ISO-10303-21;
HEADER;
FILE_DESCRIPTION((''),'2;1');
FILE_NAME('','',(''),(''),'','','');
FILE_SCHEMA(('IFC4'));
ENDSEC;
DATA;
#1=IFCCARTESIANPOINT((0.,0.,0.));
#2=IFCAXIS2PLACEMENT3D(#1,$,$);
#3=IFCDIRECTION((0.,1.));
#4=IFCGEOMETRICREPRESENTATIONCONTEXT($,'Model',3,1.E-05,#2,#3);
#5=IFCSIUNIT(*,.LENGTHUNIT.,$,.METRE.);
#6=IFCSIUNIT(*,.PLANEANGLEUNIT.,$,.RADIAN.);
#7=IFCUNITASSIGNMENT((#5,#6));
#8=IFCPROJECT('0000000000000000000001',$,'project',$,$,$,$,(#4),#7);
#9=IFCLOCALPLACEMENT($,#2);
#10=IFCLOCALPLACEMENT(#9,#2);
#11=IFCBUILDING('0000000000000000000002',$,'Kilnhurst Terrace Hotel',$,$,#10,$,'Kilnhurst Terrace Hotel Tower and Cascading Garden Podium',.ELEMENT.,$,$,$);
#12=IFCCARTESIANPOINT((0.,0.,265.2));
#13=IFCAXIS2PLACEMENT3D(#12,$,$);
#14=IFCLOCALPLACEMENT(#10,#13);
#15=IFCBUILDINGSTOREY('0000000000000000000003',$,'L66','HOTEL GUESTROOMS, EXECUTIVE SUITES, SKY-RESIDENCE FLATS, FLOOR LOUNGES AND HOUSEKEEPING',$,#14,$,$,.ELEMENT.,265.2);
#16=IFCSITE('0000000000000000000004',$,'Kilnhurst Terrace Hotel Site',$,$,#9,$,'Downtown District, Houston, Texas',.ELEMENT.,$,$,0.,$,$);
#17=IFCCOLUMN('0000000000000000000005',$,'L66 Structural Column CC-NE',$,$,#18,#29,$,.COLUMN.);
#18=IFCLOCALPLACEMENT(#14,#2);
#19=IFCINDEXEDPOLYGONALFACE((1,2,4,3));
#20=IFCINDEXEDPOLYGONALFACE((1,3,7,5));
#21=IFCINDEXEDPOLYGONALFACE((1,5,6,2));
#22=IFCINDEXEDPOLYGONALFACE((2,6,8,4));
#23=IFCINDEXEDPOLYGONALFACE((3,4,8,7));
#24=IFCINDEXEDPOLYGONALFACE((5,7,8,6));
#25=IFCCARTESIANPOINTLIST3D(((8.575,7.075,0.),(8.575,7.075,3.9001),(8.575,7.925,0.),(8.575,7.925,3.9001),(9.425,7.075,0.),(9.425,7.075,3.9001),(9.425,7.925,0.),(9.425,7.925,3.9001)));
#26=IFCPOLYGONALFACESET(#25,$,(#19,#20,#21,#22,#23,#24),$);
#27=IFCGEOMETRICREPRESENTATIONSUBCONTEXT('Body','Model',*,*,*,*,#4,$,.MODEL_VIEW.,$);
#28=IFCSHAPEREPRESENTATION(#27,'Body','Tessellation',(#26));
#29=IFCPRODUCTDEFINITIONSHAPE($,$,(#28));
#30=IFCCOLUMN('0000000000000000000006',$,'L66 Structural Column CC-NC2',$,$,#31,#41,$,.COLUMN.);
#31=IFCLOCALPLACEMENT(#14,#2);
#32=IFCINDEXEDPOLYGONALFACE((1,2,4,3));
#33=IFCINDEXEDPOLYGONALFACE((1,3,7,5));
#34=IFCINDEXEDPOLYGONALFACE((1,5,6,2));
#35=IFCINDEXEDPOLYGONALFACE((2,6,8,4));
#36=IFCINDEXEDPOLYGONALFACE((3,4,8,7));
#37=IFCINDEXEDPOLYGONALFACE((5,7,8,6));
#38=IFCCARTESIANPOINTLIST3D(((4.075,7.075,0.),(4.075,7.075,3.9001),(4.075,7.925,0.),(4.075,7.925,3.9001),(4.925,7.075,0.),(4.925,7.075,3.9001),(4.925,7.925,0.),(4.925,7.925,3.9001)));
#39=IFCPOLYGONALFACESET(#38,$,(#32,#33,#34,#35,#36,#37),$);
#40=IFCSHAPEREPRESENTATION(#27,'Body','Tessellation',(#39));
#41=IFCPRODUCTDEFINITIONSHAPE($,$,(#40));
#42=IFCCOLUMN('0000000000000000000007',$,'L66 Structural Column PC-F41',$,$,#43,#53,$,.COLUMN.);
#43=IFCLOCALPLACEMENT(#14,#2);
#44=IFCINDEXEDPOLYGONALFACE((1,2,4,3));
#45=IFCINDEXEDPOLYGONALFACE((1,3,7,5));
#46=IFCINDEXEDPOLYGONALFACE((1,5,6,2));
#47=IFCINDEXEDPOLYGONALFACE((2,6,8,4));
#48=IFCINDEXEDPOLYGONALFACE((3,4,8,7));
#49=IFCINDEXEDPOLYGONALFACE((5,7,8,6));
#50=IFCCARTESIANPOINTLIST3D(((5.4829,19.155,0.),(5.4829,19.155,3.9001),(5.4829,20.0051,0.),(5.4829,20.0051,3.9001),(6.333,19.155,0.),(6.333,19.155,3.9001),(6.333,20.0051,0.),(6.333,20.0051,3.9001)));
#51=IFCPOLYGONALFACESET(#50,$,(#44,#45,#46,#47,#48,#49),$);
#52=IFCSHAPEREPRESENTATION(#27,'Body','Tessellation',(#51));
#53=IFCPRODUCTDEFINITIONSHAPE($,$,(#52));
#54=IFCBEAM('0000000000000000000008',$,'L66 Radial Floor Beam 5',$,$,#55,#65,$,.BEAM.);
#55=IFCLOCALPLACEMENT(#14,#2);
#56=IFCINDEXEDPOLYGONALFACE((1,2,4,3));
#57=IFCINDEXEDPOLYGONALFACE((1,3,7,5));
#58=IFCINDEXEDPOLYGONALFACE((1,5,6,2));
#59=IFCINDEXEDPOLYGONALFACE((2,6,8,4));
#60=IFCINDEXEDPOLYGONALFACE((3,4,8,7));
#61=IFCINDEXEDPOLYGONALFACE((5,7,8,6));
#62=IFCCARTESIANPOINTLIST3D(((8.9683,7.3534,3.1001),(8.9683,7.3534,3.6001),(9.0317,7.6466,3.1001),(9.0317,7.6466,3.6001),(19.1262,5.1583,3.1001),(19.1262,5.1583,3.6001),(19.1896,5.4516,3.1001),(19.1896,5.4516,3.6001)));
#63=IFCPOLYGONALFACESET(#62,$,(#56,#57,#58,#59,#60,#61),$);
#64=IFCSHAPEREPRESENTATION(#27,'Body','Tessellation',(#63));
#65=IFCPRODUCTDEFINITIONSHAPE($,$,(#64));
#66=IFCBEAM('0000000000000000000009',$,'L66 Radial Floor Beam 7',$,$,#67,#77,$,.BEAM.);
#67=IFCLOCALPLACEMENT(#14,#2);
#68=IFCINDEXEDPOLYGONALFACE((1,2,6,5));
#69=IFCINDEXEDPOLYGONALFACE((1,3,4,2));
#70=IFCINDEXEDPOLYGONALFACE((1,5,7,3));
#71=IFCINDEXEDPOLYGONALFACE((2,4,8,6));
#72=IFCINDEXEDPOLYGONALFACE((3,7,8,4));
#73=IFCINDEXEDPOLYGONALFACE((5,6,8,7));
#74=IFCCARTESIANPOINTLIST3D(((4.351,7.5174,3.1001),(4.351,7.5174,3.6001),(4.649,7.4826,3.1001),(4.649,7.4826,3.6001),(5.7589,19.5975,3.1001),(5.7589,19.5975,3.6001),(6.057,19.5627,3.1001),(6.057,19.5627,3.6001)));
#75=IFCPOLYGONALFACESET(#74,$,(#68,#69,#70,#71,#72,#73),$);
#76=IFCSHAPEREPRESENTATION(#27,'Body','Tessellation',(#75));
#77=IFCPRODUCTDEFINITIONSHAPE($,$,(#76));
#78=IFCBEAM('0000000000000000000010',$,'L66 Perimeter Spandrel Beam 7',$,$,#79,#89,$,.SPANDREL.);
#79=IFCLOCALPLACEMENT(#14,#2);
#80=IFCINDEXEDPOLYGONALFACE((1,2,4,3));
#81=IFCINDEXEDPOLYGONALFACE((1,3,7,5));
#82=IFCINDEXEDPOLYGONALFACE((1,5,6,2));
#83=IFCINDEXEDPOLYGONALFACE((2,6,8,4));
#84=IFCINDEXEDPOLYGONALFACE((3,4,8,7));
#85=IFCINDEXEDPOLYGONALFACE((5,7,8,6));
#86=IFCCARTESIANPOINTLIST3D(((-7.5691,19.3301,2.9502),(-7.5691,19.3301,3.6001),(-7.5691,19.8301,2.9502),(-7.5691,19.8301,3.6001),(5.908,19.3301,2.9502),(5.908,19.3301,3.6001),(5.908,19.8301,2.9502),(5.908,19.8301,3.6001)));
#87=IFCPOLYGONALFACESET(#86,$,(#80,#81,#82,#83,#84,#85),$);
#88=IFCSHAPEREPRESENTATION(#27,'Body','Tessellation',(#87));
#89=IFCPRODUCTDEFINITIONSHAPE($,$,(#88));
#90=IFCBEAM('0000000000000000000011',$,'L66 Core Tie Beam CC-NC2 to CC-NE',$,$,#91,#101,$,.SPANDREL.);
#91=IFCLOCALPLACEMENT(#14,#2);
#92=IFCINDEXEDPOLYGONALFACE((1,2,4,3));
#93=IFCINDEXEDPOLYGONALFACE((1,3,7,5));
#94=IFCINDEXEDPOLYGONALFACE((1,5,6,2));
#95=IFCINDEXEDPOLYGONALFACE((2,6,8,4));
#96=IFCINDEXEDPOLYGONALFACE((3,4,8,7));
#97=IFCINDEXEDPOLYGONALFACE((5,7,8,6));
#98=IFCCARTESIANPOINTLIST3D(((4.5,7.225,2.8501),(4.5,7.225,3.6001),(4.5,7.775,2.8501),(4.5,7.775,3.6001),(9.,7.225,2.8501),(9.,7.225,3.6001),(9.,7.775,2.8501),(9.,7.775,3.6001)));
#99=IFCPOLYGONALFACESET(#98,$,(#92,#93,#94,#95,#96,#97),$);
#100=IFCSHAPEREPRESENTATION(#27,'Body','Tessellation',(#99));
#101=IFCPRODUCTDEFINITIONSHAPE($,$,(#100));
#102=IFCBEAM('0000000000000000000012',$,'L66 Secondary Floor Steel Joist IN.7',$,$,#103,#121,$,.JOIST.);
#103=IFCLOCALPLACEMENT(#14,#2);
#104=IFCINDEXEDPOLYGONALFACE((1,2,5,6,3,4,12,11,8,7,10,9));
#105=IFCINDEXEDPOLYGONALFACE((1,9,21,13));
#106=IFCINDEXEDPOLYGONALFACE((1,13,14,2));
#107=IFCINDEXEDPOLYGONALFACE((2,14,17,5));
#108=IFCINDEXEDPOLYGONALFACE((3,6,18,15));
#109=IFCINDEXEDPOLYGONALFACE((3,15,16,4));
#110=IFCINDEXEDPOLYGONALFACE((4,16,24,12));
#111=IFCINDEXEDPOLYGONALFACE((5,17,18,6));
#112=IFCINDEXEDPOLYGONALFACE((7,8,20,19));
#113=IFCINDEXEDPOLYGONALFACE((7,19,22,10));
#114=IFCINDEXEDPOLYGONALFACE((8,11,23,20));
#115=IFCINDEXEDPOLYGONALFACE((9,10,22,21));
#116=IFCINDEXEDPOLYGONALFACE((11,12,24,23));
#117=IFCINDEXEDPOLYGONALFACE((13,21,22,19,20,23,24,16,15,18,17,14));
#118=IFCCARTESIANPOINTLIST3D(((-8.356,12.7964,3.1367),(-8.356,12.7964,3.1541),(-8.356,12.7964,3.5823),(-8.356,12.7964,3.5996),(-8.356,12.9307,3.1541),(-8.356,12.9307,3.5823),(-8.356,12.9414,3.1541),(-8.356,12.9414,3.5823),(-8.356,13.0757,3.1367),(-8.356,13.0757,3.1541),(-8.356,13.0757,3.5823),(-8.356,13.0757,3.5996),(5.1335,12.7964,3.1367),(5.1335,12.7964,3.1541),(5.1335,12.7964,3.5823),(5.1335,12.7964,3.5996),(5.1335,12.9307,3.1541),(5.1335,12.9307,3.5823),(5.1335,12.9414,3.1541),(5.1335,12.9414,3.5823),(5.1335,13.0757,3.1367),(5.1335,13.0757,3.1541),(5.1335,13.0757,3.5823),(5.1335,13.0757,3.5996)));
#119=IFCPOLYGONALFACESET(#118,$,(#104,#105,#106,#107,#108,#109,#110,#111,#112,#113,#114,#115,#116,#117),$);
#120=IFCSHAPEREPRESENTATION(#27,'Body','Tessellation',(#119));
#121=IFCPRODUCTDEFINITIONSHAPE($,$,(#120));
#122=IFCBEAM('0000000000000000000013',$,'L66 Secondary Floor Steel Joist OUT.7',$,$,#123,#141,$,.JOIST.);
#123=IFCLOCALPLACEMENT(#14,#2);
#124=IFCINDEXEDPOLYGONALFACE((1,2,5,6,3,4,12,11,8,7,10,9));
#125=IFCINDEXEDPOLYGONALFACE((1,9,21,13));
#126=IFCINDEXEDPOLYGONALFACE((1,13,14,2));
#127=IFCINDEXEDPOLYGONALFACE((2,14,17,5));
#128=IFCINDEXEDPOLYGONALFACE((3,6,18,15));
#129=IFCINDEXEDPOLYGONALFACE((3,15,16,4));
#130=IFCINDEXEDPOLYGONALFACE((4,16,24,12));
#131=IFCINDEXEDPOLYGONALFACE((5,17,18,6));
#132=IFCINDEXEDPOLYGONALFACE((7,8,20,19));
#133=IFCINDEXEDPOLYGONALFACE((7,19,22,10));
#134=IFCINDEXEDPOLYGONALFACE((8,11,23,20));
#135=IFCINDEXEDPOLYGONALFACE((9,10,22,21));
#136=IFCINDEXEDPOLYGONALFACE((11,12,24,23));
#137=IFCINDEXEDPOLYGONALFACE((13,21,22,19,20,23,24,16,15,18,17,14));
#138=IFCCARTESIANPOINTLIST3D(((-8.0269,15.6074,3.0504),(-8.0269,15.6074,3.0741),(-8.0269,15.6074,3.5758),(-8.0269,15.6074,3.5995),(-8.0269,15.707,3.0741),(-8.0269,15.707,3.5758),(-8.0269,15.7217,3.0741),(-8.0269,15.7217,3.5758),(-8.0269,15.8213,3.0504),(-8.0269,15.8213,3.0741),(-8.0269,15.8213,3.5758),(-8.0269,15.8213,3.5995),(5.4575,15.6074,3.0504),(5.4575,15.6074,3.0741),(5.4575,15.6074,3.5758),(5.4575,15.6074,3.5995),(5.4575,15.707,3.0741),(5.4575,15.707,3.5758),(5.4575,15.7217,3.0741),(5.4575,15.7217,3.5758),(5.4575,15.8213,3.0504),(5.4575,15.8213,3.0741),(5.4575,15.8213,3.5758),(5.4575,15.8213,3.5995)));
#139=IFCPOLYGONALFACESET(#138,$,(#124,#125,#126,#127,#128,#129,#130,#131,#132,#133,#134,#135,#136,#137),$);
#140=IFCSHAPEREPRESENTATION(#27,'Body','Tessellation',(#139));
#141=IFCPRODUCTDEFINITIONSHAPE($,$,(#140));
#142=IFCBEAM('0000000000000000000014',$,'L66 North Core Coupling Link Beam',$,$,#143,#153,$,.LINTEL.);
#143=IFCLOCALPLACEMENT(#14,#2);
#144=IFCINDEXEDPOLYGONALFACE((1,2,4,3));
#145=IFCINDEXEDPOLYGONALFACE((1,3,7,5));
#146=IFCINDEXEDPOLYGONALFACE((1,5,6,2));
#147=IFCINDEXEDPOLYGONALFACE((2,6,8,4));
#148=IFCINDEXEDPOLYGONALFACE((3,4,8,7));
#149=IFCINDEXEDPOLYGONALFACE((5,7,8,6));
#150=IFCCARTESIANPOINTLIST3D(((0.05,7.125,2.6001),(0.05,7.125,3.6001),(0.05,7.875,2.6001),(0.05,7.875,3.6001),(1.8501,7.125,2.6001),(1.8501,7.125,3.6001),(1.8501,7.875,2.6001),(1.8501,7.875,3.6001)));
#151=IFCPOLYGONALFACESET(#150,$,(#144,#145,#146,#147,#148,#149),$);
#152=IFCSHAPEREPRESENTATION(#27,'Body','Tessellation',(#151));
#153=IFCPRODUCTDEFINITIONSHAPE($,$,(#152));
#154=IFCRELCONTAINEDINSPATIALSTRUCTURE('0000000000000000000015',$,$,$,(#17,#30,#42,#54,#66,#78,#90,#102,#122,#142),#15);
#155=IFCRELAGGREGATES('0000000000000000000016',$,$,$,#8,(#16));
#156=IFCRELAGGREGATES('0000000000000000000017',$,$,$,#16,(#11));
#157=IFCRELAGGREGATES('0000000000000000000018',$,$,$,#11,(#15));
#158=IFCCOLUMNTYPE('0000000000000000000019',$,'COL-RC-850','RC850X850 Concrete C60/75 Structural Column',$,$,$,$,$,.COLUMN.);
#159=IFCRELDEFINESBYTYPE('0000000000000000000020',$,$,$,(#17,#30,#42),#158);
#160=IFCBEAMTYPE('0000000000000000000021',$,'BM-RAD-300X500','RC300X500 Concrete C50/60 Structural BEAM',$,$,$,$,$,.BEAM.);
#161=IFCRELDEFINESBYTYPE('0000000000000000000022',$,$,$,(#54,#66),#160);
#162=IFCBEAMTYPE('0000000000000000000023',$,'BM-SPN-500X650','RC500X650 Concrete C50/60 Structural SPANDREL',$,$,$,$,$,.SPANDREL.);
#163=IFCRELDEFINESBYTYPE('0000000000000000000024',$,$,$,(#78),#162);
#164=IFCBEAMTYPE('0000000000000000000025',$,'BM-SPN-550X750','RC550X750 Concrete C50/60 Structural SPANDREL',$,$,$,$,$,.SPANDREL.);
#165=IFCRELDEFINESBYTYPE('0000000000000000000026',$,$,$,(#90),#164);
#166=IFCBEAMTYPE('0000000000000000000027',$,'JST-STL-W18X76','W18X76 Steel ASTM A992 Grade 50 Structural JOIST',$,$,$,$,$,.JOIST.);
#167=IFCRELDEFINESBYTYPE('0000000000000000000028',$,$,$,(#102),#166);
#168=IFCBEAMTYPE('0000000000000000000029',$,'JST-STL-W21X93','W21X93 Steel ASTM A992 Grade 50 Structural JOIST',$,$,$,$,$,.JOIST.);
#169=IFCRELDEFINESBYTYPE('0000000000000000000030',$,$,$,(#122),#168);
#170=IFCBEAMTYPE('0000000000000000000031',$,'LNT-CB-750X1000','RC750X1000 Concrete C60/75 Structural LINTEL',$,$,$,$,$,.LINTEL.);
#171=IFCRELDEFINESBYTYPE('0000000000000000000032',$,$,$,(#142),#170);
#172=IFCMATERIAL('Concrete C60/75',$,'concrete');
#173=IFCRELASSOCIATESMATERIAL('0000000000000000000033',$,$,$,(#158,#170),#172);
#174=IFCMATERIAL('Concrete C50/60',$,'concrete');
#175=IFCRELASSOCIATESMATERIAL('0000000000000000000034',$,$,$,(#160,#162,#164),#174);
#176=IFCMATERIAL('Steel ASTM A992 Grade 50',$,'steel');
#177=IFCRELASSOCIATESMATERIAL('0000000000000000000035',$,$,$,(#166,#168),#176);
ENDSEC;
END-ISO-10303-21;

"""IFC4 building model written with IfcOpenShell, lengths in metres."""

from ifc_helpers import new_model, si_unit, direction, frame, origin, origin_2d, place, context, subcontext, project, spatial, rectangle, i_section, extrude, material, material_profile, profile_set, type_object, element, save


model = new_model("IFC4")

# Units and contexts
model_context = context("Model", 3, precision=1e-05, world=origin(), true_north=direction((0.0, 1.0)))
body_context = subcontext(model_context, "Body", "Model", "MODEL_VIEW")
ifc_project = project(units=[si_unit("LENGTHUNIT", "METRE"), si_unit("PLANEANGLEUNIT", "RADIAN")], contexts=[model_context])

# Site, building, storey
site_placement = place(None, origin())
site = spatial("IfcSite", under=ifc_project, at=site_placement, Name="Kilnhurst Terrace Hotel Site", LongName="Downtown District, Houston, Texas", CompositionType="ELEMENT", RefElevation=0.0)
building_placement = place(site_placement, origin())
building = spatial("IfcBuilding", under=site, at=building_placement, Name="Kilnhurst Terrace Hotel", LongName="Kilnhurst Terrace Hotel Tower and Cascading Garden Podium", CompositionType="ELEMENT")
storey_placement = place(building_placement, frame((0.0, 0.0, 265.2)))
storey = spatial("IfcBuildingStorey", under=building, at=storey_placement, Name="L66", Description="HOTEL GUESTROOMS, EXECUTIVE SUITES, SKY-RESIDENCE FLATS, FLOOR LOUNGES AND HOUSEKEEPING", CompositionType="ELEMENT", Elevation=265.2)

# Columns
ifc_material_1 = material(Name="Concrete C60/75", Category="concrete")
ifc_material_profile_1 = material_profile(ifc_material_1, rectangle(XDim=0.8501, YDim=0.8501, at=origin_2d()), Name="RC850X850")
ifc_profile_set_1 = profile_set([ifc_material_profile_1], Name="Concrete C60/75")
column_type = type_object("IfcColumnType", Name="COL-RC-850", Description="RC850X850 Concrete C60/75 Structural Column", PredefinedType="COLUMN", material=ifc_profile_set_1)
for number, where, z_axis, x_axis, name in (
    (1, (9.0, 7.5, 0.0), (0.0, 0.0, 1.0), (1.0, 0.0, 0.0), "L66 Structural Column CC-NE"),
    (2, (4.5, 7.5, 0.0), (0.0, 0.0, 1.0), (1.0, 0.0, 0.0), "L66 Structural Column CC-NC2"),
    (3, (5.908, 19.5801, 0.0), (0.0, 0.0, 1.0), (1.0, 0.0, 0.0), "L66 Structural Column PC-F41"),
):
    element("IfcColumn", number, at=place(storey_placement, frame(where, z_axis=z_axis, x_axis=x_axis)), inside=storey, type_object=column_type, Name=name, PredefinedType="COLUMN", context=body_context, shape_type="SweptSolid", body=[
        extrude(rectangle(XDim=0.8501, YDim=0.8501, at=origin_2d()), origin(), (0.0, 0.0, 1.0), 3.9001),
    ])

# Beams
ifc_material_2 = material(Name="Concrete C50/60", Category="concrete")
ifc_material_profile_2 = material_profile(ifc_material_2, rectangle(XDim=0.3, YDim=0.5, at=origin_2d()), Name="RC300X500")
ifc_profile_set_2 = profile_set([ifc_material_profile_2], Name="Concrete C50/60")
beam_type_1 = type_object("IfcBeamType", Name="BM-RAD-300X500", Description="RC300X500 Concrete C50/60 Structural BEAM", PredefinedType="BEAM", material=ifc_profile_set_2)
beam_1_placement = place(storey_placement, frame((9.0, 7.5, 3.3501), z_axis=(0.977439, -0.211218, 0.0), x_axis=(0.211218, 0.977439, 0.0)))
element("IfcBeam", 4, at=beam_1_placement, inside=storey, type_object=beam_type_1, Name="L66 Radial Floor Beam 5", PredefinedType="BEAM", context=body_context, shape_type="SweptSolid", body=[
    extrude(rectangle(XDim=0.3, YDim=0.5, at=origin_2d()), origin(), (0.0, 0.0, 1.0), 10.3923),
])
beam_2_placement = place(storey_placement, frame((4.5, 7.5, 3.3501), z_axis=(0.115768, 0.993276, 0.0), x_axis=(-0.993276, 0.115768, 0.0)))
element("IfcBeam", 5, at=beam_2_placement, inside=storey, type_object=beam_type_1, Name="L66 Radial Floor Beam 7", PredefinedType="BEAM", context=body_context, shape_type="SweptSolid", body=[
    extrude(rectangle(XDim=0.3, YDim=0.5, at=origin_2d()), origin(), (0.0, 0.0, 1.0), 12.1619),
])
ifc_material_profile_3 = material_profile(ifc_material_2, rectangle(XDim=0.5, YDim=0.6499, at=origin_2d()), Name="RC500X650")
ifc_profile_set_3 = profile_set([ifc_material_profile_3], Name="Concrete C50/60")
beam_type_2 = type_object("IfcBeamType", Name="BM-SPN-500X650", Description="RC500X650 Concrete C50/60 Structural SPANDREL", PredefinedType="SPANDREL", material=ifc_profile_set_3)
beam_3_placement = place(storey_placement, frame((5.908, 19.5801, 3.2751), z_axis=(-1.0, 0.0, 0.0), x_axis=(0.0, -1.0, 0.0)))
element("IfcBeam", 6, at=beam_3_placement, inside=storey, type_object=beam_type_2, Name="L66 Perimeter Spandrel Beam 7", PredefinedType="SPANDREL", context=body_context, shape_type="SweptSolid", body=[
    extrude(rectangle(XDim=0.5, YDim=0.6499, at=origin_2d()), origin(), (0.0, 0.0, 1.0), 13.4771),
])
ifc_material_profile_4 = material_profile(ifc_material_2, rectangle(XDim=0.55, YDim=0.75, at=origin_2d()), Name="RC550X750")
ifc_profile_set_4 = profile_set([ifc_material_profile_4], Name="Concrete C50/60")
beam_type_3 = type_object("IfcBeamType", Name="BM-SPN-550X750", Description="RC550X750 Concrete C50/60 Structural SPANDREL", PredefinedType="SPANDREL", material=ifc_profile_set_4)
beam_4_placement = place(storey_placement, frame((4.5, 7.5, 3.2251), z_axis=(1.0, 0.0, 0.0), x_axis=(0.0, 1.0, 0.0)))
element("IfcBeam", 7, at=beam_4_placement, inside=storey, type_object=beam_type_3, Name="L66 Core Tie Beam CC-NC2 to CC-NE", PredefinedType="SPANDREL", context=body_context, shape_type="SweptSolid", body=[
    extrude(rectangle(XDim=0.55, YDim=0.75, at=origin_2d()), origin(), (0.0, 0.0, 1.0), 4.5),
])
ifc_material_3 = material(Name="Steel ASTM A992 Grade 50", Category="steel")
ifc_material_profile_5 = material_profile(ifc_material_3, i_section(OverallWidth=0.2793, OverallDepth=0.4629, WebThickness=0.0107, FlangeThickness=0.0173, at=origin_2d()), Name="W18X76")
ifc_profile_set_5 = profile_set([ifc_material_profile_5], Name="Steel ASTM A992 Grade 50")
beam_type_4 = type_object("IfcBeamType", Name="JST-STL-W18X76", Description="W18X76 Steel ASTM A992 Grade 50 Structural JOIST", PredefinedType="JOIST", material=ifc_profile_set_5)
beam_5_placement = place(storey_placement, frame((5.1335, 12.936, 3.3682), z_axis=(-1.0, 0.0, 0.0), x_axis=(0.0, -1.0, 0.0)))
element("IfcBeam", 8, at=beam_5_placement, inside=storey, type_object=beam_type_4, Name="L66 Secondary Floor Steel Joist IN.7", PredefinedType="JOIST", context=body_context, shape_type="SweptSolid", body=[
    extrude(i_section(OverallWidth=0.2793, OverallDepth=0.4629, WebThickness=0.0107, FlangeThickness=0.0173, at=origin_2d()), origin(), (0.0, 0.0, 1.0), 13.4895),
])
ifc_material_profile_6 = material_profile(ifc_material_3, i_section(OverallWidth=0.2139, OverallDepth=0.5491, WebThickness=0.0146, FlangeThickness=0.0237, at=origin_2d()), Name="W21X93")
ifc_profile_set_6 = profile_set([ifc_material_profile_6], Name="Steel ASTM A992 Grade 50")
beam_type_5 = type_object("IfcBeamType", Name="JST-STL-W21X93", Description="W21X93 Steel ASTM A992 Grade 50 Structural JOIST", PredefinedType="JOIST", material=ifc_profile_set_6)
beam_6_placement = place(storey_placement, frame((5.4575, 15.7144, 3.325), z_axis=(-1.0, 0.0, 0.0), x_axis=(0.0, -1.0, 0.0)))
element("IfcBeam", 9, at=beam_6_placement, inside=storey, type_object=beam_type_5, Name="L66 Secondary Floor Steel Joist OUT.7", PredefinedType="JOIST", context=body_context, shape_type="SweptSolid", body=[
    extrude(i_section(OverallWidth=0.2139, OverallDepth=0.5491, WebThickness=0.0146, FlangeThickness=0.0237, at=origin_2d()), origin(), (0.0, 0.0, 1.0), 13.4844),
])
ifc_material_profile_7 = material_profile(ifc_material_1, rectangle(XDim=0.75, YDim=1.0, at=origin_2d()), Name="RC750X1000")
ifc_profile_set_7 = profile_set([ifc_material_profile_7], Name="Concrete C60/75")
beam_type_6 = type_object("IfcBeamType", Name="LNT-CB-750X1000", Description="RC750X1000 Concrete C60/75 Structural LINTEL", PredefinedType="LINTEL", material=ifc_profile_set_7)
beam_7_placement = place(storey_placement, frame((0.05, 7.5, 3.1001), z_axis=(1.0, 0.0, 0.0), x_axis=(0.0, 1.0, 0.0)))
element("IfcBeam", 10, at=beam_7_placement, inside=storey, type_object=beam_type_6, Name="L66 North Core Coupling Link Beam", PredefinedType="LINTEL", context=body_context, shape_type="SweptSolid", body=[
    extrude(rectangle(XDim=0.75, YDim=1.0, at=origin_2d()), origin(), (0.0, 0.0, 1.0), 1.8),
])

save(model, "model.ifc")
